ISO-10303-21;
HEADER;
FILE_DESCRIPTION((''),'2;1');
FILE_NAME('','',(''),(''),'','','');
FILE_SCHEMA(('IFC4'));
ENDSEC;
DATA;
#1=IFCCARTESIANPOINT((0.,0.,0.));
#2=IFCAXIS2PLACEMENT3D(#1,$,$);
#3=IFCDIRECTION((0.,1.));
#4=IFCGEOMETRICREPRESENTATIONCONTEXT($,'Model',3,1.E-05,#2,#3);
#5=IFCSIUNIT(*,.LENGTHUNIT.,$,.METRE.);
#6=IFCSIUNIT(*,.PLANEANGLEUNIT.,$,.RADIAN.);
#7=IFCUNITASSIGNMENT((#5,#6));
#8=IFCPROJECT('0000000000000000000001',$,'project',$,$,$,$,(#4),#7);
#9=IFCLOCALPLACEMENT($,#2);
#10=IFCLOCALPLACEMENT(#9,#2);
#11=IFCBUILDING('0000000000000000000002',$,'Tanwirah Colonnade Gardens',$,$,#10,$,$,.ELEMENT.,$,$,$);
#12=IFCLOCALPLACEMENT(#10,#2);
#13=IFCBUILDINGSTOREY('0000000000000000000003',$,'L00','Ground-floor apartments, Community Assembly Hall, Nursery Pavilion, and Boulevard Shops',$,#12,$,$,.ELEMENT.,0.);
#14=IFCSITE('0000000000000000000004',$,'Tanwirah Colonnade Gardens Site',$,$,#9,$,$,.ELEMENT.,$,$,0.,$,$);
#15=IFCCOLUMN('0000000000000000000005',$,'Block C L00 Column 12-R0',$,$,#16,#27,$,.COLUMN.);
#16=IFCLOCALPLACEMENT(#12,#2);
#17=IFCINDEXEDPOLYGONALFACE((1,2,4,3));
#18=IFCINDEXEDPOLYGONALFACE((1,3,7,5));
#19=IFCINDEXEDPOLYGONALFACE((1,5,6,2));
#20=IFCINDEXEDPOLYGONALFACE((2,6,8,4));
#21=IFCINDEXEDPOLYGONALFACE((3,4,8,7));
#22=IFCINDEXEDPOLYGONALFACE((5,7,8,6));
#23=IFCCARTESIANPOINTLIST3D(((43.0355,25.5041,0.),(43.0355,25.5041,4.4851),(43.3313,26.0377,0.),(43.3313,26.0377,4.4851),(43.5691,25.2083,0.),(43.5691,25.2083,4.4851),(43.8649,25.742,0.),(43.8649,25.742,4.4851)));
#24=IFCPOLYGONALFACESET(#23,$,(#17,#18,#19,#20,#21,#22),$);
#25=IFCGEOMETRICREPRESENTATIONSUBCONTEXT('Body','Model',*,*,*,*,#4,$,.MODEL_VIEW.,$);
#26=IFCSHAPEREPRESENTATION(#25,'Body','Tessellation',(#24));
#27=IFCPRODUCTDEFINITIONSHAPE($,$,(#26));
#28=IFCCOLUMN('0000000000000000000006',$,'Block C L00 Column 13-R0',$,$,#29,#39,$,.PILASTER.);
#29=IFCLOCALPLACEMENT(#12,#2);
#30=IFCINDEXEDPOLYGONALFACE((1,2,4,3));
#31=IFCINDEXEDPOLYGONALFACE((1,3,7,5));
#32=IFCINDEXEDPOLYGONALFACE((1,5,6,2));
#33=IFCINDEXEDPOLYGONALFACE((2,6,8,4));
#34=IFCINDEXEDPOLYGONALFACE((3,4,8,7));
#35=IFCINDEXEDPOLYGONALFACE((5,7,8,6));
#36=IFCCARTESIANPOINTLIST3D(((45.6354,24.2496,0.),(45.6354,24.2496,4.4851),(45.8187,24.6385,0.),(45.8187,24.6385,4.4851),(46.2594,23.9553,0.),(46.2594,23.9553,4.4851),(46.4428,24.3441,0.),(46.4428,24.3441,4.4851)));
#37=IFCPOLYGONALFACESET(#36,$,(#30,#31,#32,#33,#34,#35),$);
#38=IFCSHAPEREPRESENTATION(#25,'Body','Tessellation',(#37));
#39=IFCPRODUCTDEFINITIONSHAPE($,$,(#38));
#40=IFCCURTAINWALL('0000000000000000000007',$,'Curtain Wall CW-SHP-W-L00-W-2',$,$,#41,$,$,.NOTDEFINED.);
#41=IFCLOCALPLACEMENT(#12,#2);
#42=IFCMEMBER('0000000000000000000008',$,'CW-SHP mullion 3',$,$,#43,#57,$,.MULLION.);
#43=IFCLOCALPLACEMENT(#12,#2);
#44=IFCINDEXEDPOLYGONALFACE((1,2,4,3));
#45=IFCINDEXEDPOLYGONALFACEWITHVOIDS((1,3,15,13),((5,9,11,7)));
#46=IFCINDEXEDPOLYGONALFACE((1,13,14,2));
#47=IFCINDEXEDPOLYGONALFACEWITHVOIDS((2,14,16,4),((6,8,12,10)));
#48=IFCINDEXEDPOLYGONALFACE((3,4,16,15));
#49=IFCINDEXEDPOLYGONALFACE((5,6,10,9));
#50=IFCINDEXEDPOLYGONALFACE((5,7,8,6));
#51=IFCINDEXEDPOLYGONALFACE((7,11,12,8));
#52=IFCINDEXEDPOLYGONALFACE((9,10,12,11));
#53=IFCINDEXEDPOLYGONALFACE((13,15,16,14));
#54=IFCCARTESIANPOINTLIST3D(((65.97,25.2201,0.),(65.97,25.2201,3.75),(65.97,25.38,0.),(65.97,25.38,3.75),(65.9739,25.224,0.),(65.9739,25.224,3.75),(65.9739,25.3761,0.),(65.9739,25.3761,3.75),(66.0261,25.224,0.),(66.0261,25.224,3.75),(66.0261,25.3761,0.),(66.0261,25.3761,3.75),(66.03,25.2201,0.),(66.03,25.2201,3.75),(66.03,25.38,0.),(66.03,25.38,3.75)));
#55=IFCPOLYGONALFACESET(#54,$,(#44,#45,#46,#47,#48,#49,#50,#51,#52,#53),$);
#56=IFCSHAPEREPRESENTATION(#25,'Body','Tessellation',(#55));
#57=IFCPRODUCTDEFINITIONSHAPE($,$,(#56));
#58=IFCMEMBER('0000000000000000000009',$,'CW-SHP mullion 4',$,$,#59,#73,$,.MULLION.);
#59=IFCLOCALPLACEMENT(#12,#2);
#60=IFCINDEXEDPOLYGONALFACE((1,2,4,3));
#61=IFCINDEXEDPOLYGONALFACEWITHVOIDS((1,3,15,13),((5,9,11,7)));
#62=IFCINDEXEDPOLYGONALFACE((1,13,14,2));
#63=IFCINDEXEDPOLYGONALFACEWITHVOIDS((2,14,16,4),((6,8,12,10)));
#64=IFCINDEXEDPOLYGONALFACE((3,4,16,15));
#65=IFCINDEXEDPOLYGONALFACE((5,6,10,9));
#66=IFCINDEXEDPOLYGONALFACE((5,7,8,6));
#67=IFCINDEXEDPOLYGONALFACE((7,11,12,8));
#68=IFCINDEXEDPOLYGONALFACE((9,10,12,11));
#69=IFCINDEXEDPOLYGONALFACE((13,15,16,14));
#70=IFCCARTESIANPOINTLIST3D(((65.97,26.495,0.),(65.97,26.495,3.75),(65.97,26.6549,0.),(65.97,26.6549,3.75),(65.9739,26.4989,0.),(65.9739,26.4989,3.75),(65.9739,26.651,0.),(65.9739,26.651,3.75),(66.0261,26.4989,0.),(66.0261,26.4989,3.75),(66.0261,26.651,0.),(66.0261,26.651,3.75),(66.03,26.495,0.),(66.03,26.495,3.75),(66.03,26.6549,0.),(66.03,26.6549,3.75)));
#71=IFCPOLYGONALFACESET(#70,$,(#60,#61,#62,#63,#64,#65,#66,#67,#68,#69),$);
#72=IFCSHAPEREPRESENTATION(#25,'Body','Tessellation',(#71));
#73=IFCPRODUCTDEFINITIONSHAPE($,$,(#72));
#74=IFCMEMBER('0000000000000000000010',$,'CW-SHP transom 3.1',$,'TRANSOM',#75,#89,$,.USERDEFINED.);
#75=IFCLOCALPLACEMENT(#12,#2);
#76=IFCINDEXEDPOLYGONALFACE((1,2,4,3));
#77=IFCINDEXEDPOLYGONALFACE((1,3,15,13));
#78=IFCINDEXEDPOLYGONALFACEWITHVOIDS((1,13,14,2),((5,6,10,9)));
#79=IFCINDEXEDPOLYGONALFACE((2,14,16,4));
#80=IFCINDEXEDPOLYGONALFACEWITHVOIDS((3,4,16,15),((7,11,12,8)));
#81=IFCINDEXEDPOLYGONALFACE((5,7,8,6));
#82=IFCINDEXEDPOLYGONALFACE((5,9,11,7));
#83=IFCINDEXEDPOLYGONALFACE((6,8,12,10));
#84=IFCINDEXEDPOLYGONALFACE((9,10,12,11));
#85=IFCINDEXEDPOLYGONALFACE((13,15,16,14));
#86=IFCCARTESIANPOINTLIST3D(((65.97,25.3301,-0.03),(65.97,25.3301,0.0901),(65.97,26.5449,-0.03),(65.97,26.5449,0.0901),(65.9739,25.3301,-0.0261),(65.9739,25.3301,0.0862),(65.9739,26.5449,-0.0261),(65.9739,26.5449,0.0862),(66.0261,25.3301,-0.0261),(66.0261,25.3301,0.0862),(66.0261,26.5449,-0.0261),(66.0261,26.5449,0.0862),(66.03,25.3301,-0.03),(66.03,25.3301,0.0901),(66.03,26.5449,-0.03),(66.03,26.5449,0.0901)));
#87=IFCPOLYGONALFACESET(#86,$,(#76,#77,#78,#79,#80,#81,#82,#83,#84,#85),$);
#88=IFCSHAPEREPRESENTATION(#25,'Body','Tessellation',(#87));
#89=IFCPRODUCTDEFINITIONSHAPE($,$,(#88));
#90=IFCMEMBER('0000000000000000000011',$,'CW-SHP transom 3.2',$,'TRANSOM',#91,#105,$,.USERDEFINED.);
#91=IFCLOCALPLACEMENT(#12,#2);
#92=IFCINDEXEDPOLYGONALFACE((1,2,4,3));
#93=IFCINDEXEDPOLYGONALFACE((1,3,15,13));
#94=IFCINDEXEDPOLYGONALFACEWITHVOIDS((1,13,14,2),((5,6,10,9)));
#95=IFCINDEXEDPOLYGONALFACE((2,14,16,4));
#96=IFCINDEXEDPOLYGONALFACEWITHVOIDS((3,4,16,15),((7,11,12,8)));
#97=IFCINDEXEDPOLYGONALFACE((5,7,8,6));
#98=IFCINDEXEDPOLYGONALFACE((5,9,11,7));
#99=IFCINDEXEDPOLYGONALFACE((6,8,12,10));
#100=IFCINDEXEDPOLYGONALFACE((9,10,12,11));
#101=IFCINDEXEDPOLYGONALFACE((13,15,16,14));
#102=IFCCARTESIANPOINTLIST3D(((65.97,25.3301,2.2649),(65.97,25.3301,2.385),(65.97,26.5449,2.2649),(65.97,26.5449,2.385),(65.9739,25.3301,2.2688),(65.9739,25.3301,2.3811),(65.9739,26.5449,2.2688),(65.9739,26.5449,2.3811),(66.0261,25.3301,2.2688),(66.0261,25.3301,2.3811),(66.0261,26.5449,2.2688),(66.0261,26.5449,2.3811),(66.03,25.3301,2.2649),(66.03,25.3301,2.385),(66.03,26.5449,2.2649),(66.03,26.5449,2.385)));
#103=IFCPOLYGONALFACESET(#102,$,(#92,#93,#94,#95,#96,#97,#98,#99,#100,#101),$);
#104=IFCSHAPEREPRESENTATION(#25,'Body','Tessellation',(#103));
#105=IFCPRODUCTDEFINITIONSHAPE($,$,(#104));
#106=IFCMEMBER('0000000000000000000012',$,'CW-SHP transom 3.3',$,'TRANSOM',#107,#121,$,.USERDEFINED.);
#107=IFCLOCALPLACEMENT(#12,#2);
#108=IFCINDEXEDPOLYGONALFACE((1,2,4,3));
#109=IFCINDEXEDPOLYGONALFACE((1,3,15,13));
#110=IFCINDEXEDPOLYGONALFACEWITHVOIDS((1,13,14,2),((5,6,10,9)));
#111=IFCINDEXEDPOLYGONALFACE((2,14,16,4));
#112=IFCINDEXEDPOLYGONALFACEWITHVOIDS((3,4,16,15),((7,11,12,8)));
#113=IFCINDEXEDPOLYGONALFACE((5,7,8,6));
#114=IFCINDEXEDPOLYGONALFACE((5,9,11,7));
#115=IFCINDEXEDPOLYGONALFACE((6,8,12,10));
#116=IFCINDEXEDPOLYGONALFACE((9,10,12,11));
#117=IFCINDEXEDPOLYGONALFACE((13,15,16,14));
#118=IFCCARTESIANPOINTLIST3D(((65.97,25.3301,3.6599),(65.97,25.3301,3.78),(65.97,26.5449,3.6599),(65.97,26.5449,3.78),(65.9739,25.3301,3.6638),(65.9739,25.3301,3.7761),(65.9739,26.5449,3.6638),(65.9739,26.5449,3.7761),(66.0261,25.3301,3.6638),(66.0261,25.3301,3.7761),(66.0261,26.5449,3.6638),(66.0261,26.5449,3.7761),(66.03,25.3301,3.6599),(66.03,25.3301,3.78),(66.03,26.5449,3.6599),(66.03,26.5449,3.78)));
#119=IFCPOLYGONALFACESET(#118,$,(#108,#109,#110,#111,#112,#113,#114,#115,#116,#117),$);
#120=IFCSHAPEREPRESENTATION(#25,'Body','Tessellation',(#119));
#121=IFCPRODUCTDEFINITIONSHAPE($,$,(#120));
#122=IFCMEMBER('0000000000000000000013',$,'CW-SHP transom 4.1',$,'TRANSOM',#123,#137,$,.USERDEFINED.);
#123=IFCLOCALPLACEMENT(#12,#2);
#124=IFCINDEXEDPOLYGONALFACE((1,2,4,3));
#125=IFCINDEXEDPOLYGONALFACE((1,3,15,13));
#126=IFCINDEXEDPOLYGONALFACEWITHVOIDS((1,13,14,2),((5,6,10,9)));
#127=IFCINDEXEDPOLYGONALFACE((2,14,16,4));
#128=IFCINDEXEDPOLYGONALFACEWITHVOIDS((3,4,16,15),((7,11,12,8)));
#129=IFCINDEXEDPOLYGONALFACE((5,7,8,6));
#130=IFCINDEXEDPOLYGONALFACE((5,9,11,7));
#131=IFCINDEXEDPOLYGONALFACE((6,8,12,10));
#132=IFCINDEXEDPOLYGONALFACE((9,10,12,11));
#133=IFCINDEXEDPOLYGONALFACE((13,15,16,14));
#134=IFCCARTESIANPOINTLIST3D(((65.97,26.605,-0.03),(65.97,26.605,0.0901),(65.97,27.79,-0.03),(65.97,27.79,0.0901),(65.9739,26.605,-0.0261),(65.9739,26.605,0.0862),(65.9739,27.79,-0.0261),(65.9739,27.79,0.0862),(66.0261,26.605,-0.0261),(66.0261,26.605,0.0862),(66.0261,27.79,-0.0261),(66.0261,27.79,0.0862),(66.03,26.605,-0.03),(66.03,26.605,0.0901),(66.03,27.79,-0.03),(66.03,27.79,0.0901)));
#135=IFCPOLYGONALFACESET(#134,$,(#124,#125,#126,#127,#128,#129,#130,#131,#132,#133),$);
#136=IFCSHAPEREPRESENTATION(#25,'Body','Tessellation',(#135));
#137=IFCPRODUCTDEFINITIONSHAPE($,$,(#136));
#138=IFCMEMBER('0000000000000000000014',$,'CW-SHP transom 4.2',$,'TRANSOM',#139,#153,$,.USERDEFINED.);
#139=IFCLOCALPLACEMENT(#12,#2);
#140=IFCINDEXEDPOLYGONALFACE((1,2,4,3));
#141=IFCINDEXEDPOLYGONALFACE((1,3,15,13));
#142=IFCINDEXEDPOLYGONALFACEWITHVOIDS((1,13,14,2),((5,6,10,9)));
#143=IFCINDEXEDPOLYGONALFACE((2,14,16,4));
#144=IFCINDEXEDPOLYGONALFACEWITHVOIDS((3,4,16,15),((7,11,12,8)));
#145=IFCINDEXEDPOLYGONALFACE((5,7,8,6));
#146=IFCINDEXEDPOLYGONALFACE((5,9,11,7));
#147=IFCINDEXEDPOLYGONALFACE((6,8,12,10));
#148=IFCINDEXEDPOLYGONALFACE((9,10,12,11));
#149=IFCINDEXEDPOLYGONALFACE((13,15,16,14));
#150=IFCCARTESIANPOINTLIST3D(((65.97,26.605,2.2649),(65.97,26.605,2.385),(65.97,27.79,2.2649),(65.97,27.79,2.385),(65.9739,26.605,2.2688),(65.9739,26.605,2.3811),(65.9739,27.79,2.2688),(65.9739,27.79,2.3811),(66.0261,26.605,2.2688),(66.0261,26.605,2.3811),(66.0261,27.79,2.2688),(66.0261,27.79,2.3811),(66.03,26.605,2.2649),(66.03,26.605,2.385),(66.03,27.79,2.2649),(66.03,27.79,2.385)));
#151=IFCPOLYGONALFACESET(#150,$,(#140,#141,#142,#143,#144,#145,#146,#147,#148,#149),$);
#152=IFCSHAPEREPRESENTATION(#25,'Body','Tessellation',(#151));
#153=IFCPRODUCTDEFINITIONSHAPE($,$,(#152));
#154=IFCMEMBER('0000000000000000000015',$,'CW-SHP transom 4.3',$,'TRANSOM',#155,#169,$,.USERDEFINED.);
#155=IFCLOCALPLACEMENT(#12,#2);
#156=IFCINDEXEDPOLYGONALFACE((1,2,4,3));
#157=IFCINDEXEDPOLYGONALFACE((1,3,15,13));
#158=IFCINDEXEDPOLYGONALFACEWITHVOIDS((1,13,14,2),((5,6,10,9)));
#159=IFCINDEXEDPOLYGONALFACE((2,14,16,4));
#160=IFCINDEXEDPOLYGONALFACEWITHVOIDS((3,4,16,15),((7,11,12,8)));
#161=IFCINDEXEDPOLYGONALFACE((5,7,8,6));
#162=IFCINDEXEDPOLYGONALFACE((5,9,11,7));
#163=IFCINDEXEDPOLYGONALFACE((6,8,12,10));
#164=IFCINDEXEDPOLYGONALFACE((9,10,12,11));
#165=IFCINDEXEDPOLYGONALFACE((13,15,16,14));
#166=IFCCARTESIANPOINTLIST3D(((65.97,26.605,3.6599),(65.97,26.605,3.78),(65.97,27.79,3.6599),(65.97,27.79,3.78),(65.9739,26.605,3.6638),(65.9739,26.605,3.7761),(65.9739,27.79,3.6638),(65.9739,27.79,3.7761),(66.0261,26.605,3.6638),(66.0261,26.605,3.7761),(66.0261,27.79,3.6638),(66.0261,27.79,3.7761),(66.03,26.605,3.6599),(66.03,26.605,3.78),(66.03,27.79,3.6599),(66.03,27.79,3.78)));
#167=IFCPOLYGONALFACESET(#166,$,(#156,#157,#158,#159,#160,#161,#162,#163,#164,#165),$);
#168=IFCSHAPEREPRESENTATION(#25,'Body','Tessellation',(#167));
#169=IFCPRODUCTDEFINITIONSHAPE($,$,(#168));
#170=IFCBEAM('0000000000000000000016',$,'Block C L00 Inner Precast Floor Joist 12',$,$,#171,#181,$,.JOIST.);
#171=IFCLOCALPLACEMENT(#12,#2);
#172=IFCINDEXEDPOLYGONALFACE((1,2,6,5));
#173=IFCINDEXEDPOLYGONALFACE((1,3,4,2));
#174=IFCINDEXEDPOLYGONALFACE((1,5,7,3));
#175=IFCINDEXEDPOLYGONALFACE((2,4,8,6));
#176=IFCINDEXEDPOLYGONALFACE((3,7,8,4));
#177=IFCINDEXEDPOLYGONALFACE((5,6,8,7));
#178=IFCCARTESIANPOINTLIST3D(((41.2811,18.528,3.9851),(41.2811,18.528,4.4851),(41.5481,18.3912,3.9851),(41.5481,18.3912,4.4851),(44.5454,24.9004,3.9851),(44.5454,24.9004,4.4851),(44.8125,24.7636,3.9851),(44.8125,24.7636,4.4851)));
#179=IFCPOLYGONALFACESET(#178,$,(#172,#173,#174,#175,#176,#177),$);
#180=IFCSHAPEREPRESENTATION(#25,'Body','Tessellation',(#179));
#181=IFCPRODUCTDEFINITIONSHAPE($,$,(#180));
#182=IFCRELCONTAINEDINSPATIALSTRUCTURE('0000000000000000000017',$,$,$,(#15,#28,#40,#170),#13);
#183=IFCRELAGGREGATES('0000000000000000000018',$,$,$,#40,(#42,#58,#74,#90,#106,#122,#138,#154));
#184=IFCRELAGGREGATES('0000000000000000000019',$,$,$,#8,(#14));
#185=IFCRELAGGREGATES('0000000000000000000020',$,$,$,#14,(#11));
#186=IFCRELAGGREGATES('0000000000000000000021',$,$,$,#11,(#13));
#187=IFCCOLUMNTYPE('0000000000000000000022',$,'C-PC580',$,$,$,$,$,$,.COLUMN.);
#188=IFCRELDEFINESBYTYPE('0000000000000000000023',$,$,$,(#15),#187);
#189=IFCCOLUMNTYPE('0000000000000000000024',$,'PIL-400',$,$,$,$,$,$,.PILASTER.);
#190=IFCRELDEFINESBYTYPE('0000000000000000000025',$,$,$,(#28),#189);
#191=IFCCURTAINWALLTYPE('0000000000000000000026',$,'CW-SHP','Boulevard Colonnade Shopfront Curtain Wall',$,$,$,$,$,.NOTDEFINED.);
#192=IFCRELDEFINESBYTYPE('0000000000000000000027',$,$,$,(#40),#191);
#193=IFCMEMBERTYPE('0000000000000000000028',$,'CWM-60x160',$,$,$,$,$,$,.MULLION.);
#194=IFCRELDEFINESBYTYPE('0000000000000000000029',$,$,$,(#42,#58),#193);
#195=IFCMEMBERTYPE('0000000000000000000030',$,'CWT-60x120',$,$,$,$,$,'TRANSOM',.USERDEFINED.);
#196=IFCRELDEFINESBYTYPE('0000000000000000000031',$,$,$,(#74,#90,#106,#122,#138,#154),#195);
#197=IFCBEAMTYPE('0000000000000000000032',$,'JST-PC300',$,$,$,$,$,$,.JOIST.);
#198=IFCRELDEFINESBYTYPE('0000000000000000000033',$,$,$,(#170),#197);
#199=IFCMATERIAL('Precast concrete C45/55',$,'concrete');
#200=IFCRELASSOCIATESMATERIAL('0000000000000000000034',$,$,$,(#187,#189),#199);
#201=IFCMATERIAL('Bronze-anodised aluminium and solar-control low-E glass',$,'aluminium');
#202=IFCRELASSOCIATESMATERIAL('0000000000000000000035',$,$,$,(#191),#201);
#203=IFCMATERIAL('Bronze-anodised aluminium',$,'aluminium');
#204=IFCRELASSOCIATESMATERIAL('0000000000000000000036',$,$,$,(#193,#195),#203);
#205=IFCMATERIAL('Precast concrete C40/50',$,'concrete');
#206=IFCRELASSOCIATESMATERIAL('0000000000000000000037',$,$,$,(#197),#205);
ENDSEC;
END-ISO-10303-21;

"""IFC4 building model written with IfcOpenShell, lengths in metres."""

from ifc_helpers import new_model, si_unit, direction, frame, origin, origin_2d, place, context, subcontext, project, spatial, rectangle, hollow_rectangle, extrude, material, material_profile, profile_set, type_object, element, aggregate, save


model = new_model("IFC4")

# Units and contexts
model_context = context("Model", 3, precision=1e-05, world=origin(), true_north=direction((0.0, 1.0)))
body_context = subcontext(model_context, "Body", "Model", "MODEL_VIEW")
ifc_project = project(units=[si_unit("LENGTHUNIT", "METRE"), si_unit("PLANEANGLEUNIT", "RADIAN")], contexts=[model_context])

# Site, building, storey
site_placement = place(None, origin())
site = spatial("IfcSite", under=ifc_project, at=site_placement, Name="Tanwirah Colonnade Gardens Site", CompositionType="ELEMENT", RefElevation=0.0)
building_placement = place(site_placement, origin())
building = spatial("IfcBuilding", under=site, at=building_placement, Name="Tanwirah Colonnade Gardens", CompositionType="ELEMENT")
storey_placement = place(building_placement, origin())
storey = spatial("IfcBuildingStorey", under=building, at=storey_placement, Name="L00", Description="Ground-floor apartments, Community Assembly Hall, Nursery Pavilion, and Boulevard Shops", CompositionType="ELEMENT", Elevation=0.0)

# Columns
ifc_material_1 = material(Name="Precast concrete C45/55", Category="concrete")
ifc_material_profile_1 = material_profile(ifc_material_1, rectangle(XDim=0.6101, YDim=0.6101, at=origin_2d()), Name="PC-COL 610x610")
ifc_profile_set_1 = profile_set([ifc_material_profile_1], Name="Precast concrete C45/55")
column_type_1 = type_object("IfcColumnType", Name="C-PC580", PredefinedType="COLUMN", material=ifc_profile_set_1)
column_1_placement = place(storey_placement, frame((43.4502, 25.623, 0.0), z_axis=(0.0, 0.0, 1.0), x_axis=(-0.48481, -0.87462, 0.0)))
element("IfcColumn", 1, at=column_1_placement, inside=storey, type_object=column_type_1, Name="Block C L00 Column 12-R0", PredefinedType="COLUMN", context=body_context, shape_type="SweptSolid", body=[
    extrude(rectangle(XDim=0.6101, YDim=0.6101, at=origin_2d()), origin(), (0.0, 0.0, 1.0), 4.4851),
])
ifc_material_profile_2 = material_profile(ifc_material_1, rectangle(XDim=0.4299, YDim=0.6899, at=origin_2d()), Name="PC-PIL 430x690")
ifc_profile_set_2 = profile_set([ifc_material_profile_2], Name="Precast concrete C45/55")
column_type_2 = type_object("IfcColumnType", Name="PIL-400", PredefinedType="PILASTER", material=ifc_profile_set_2)
column_2_placement = place(storey_placement, frame((46.0391, 24.2969, 0.0), z_axis=(0.0, 0.0, 1.0), x_axis=(-0.426569, -0.904455, 0.0)))
element("IfcColumn", 2, at=column_2_placement, inside=storey, type_object=column_type_2, Name="Block C L00 Column 13-R0", PredefinedType="PILASTER", context=body_context, shape_type="SweptSolid", body=[
    extrude(rectangle(XDim=0.4299, YDim=0.6899, at=origin_2d()), origin(), (0.0, 0.0, 1.0), 4.4851),
])

# Curtain wall, members
ifc_material_2 = material(Name="Bronze-anodised aluminium and solar-control low-E glass", Category="aluminium")
curtain_wall_type = type_object("IfcCurtainWallType", Name="CW-SHP", Description="Boulevard Colonnade Shopfront Curtain Wall", PredefinedType="NOTDEFINED", material=ifc_material_2)
curtain_wall_placement = place(storey_placement, origin())
curtain_wall = element("IfcCurtainWall", 3, at=curtain_wall_placement, inside=storey, type_object=curtain_wall_type, Name="Curtain Wall CW-SHP-W-L00-W-2", PredefinedType="NOTDEFINED")
ifc_material_3 = material(Name="Bronze-anodised aluminium", Category="aluminium")
ifc_material_profile_3 = material_profile(ifc_material_3, hollow_rectangle(XDim=0.0601, YDim=0.1599, WallThickness=0.0039, at=origin_2d()), Name="CW-MUL 60x160x4")
ifc_profile_set_3 = profile_set([ifc_material_profile_3], Name="Bronze-anodised aluminium")
member_type_1 = type_object("IfcMemberType", Name="CWM-60x160", PredefinedType="MULLION", material=ifc_profile_set_3)
member_1_placement = place(storey_placement, frame((66.0, 25.3, 0.0), z_axis=(0.0, 0.0, 1.0), x_axis=(-1.0, 0.0, 0.0)))
member_1 = element("IfcMember", 4, at=member_1_placement, type_object=member_type_1, Name="CW-SHP mullion 3", PredefinedType="MULLION", context=body_context, shape_type="SweptSolid", body=[
    extrude(hollow_rectangle(XDim=0.0601, YDim=0.1599, WallThickness=0.0039, at=origin_2d()), origin(), (0.0, 0.0, 1.0), 3.75),
])
member_2_placement = place(storey_placement, frame((66.0, 26.575, 0.0), z_axis=(0.0, 0.0, 1.0), x_axis=(-1.0, 0.0, 0.0)))
member_2 = element("IfcMember", 5, at=member_2_placement, type_object=member_type_1, Name="CW-SHP mullion 4", PredefinedType="MULLION", context=body_context, shape_type="SweptSolid", body=[
    extrude(hollow_rectangle(XDim=0.0601, YDim=0.1599, WallThickness=0.0039, at=origin_2d()), origin(), (0.0, 0.0, 1.0), 3.75),
])
ifc_material_profile_4 = material_profile(ifc_material_3, hollow_rectangle(XDim=0.0601, YDim=0.1201, WallThickness=0.0039, at=origin_2d()), Name="CW-TRN 60x120x4")
ifc_profile_set_4 = profile_set([ifc_material_profile_4], Name="Bronze-anodised aluminium")
member_type_2 = type_object("IfcMemberType", Name="CWT-60x120", ElementType="TRANSOM", PredefinedType="USERDEFINED", material=ifc_profile_set_4)
member_3_placement = place(storey_placement, frame((66.0, 25.3301, 0.03), z_axis=(0.0, 1.0, 0.0), x_axis=(-1.0, 0.0, 0.0)))
member_3 = element("IfcMember", 6, at=member_3_placement, type_object=member_type_2, Name="CW-SHP transom 3.1", ObjectType="TRANSOM", PredefinedType="USERDEFINED", context=body_context, shape_type="SweptSolid", body=[
    extrude(hollow_rectangle(XDim=0.0601, YDim=0.1201, WallThickness=0.0039, at=origin_2d()), origin(), (0.0, 0.0, 1.0), 1.2148),
])
member_4_placement = place(storey_placement, frame((66.0, 25.3301, 2.325), z_axis=(0.0, 1.0, 0.0), x_axis=(-1.0, 0.0, 0.0)))
member_4 = element("IfcMember", 7, at=member_4_placement, type_object=member_type_2, Name="CW-SHP transom 3.2", ObjectType="TRANSOM", PredefinedType="USERDEFINED", context=body_context, shape_type="SweptSolid", body=[
    extrude(hollow_rectangle(XDim=0.0601, YDim=0.1201, WallThickness=0.0039, at=origin_2d()), origin(), (0.0, 0.0, 1.0), 1.2148),
])
member_5_placement = place(storey_placement, frame((66.0, 25.3301, 3.72), z_axis=(0.0, 1.0, 0.0), x_axis=(-1.0, 0.0, 0.0)))
member_5 = element("IfcMember", 8, at=member_5_placement, type_object=member_type_2, Name="CW-SHP transom 3.3", ObjectType="TRANSOM", PredefinedType="USERDEFINED", context=body_context, shape_type="SweptSolid", body=[
    extrude(hollow_rectangle(XDim=0.0601, YDim=0.1201, WallThickness=0.0039, at=origin_2d()), origin(), (0.0, 0.0, 1.0), 1.2148),
])
member_6_placement = place(storey_placement, frame((66.0, 26.605, 0.03), z_axis=(0.0, 1.0, 0.0), x_axis=(-1.0, 0.0, 0.0)))
member_6 = element("IfcMember", 9, at=member_6_placement, type_object=member_type_2, Name="CW-SHP transom 4.1", ObjectType="TRANSOM", PredefinedType="USERDEFINED", context=body_context, shape_type="SweptSolid", body=[
    extrude(hollow_rectangle(XDim=0.0601, YDim=0.1201, WallThickness=0.0039, at=origin_2d()), origin(), (0.0, 0.0, 1.0), 1.1851),
])
member_7_placement = place(storey_placement, frame((66.0, 26.605, 2.325), z_axis=(0.0, 1.0, 0.0), x_axis=(-1.0, 0.0, 0.0)))
member_7 = element("IfcMember", 10, at=member_7_placement, type_object=member_type_2, Name="CW-SHP transom 4.2", ObjectType="TRANSOM", PredefinedType="USERDEFINED", context=body_context, shape_type="SweptSolid", body=[
    extrude(hollow_rectangle(XDim=0.0601, YDim=0.1201, WallThickness=0.0039, at=origin_2d()), origin(), (0.0, 0.0, 1.0), 1.1851),
])
member_8_placement = place(storey_placement, frame((66.0, 26.605, 3.72), z_axis=(0.0, 1.0, 0.0), x_axis=(-1.0, 0.0, 0.0)))
member_8 = element("IfcMember", 11, at=member_8_placement, type_object=member_type_2, Name="CW-SHP transom 4.3", ObjectType="TRANSOM", PredefinedType="USERDEFINED", context=body_context, shape_type="SweptSolid", body=[
    extrude(hollow_rectangle(XDim=0.0601, YDim=0.1201, WallThickness=0.0039, at=origin_2d()), origin(), (0.0, 0.0, 1.0), 1.1851),
])

# Beam
ifc_material_4 = material(Name="Precast concrete C40/50", Category="concrete")
ifc_material_profile_5 = material_profile(ifc_material_4, rectangle(XDim=0.3, YDim=0.5, at=origin_2d()), Name="PC-JST 300x500")
ifc_profile_set_5 = profile_set([ifc_material_profile_5], Name="Precast concrete C40/50")
beam_type_1 = type_object("IfcBeamType", Name="JST-PC300", PredefinedType="JOIST", material=ifc_profile_set_5)
beam_placement = place(storey_placement, frame((44.679, 24.832, 4.2351), z_axis=(-0.455921, -0.89002, 0.0), x_axis=(0.89002, -0.455921, 0.0)))
element("IfcBeam", 12, at=beam_placement, inside=storey, type_object=beam_type_1, Name="Block C L00 Inner Precast Floor Joist 12", PredefinedType="JOIST", context=body_context, shape_type="SweptSolid", body=[
    extrude(rectangle(XDim=0.3, YDim=0.5, at=origin_2d()), origin(), (0.0, 0.0, 1.0), 7.1599),
])

aggregate(curtain_wall, [member_1, member_2, member_3, member_4, member_5, member_6, member_7, member_8])

save(model, "model.ifc")
